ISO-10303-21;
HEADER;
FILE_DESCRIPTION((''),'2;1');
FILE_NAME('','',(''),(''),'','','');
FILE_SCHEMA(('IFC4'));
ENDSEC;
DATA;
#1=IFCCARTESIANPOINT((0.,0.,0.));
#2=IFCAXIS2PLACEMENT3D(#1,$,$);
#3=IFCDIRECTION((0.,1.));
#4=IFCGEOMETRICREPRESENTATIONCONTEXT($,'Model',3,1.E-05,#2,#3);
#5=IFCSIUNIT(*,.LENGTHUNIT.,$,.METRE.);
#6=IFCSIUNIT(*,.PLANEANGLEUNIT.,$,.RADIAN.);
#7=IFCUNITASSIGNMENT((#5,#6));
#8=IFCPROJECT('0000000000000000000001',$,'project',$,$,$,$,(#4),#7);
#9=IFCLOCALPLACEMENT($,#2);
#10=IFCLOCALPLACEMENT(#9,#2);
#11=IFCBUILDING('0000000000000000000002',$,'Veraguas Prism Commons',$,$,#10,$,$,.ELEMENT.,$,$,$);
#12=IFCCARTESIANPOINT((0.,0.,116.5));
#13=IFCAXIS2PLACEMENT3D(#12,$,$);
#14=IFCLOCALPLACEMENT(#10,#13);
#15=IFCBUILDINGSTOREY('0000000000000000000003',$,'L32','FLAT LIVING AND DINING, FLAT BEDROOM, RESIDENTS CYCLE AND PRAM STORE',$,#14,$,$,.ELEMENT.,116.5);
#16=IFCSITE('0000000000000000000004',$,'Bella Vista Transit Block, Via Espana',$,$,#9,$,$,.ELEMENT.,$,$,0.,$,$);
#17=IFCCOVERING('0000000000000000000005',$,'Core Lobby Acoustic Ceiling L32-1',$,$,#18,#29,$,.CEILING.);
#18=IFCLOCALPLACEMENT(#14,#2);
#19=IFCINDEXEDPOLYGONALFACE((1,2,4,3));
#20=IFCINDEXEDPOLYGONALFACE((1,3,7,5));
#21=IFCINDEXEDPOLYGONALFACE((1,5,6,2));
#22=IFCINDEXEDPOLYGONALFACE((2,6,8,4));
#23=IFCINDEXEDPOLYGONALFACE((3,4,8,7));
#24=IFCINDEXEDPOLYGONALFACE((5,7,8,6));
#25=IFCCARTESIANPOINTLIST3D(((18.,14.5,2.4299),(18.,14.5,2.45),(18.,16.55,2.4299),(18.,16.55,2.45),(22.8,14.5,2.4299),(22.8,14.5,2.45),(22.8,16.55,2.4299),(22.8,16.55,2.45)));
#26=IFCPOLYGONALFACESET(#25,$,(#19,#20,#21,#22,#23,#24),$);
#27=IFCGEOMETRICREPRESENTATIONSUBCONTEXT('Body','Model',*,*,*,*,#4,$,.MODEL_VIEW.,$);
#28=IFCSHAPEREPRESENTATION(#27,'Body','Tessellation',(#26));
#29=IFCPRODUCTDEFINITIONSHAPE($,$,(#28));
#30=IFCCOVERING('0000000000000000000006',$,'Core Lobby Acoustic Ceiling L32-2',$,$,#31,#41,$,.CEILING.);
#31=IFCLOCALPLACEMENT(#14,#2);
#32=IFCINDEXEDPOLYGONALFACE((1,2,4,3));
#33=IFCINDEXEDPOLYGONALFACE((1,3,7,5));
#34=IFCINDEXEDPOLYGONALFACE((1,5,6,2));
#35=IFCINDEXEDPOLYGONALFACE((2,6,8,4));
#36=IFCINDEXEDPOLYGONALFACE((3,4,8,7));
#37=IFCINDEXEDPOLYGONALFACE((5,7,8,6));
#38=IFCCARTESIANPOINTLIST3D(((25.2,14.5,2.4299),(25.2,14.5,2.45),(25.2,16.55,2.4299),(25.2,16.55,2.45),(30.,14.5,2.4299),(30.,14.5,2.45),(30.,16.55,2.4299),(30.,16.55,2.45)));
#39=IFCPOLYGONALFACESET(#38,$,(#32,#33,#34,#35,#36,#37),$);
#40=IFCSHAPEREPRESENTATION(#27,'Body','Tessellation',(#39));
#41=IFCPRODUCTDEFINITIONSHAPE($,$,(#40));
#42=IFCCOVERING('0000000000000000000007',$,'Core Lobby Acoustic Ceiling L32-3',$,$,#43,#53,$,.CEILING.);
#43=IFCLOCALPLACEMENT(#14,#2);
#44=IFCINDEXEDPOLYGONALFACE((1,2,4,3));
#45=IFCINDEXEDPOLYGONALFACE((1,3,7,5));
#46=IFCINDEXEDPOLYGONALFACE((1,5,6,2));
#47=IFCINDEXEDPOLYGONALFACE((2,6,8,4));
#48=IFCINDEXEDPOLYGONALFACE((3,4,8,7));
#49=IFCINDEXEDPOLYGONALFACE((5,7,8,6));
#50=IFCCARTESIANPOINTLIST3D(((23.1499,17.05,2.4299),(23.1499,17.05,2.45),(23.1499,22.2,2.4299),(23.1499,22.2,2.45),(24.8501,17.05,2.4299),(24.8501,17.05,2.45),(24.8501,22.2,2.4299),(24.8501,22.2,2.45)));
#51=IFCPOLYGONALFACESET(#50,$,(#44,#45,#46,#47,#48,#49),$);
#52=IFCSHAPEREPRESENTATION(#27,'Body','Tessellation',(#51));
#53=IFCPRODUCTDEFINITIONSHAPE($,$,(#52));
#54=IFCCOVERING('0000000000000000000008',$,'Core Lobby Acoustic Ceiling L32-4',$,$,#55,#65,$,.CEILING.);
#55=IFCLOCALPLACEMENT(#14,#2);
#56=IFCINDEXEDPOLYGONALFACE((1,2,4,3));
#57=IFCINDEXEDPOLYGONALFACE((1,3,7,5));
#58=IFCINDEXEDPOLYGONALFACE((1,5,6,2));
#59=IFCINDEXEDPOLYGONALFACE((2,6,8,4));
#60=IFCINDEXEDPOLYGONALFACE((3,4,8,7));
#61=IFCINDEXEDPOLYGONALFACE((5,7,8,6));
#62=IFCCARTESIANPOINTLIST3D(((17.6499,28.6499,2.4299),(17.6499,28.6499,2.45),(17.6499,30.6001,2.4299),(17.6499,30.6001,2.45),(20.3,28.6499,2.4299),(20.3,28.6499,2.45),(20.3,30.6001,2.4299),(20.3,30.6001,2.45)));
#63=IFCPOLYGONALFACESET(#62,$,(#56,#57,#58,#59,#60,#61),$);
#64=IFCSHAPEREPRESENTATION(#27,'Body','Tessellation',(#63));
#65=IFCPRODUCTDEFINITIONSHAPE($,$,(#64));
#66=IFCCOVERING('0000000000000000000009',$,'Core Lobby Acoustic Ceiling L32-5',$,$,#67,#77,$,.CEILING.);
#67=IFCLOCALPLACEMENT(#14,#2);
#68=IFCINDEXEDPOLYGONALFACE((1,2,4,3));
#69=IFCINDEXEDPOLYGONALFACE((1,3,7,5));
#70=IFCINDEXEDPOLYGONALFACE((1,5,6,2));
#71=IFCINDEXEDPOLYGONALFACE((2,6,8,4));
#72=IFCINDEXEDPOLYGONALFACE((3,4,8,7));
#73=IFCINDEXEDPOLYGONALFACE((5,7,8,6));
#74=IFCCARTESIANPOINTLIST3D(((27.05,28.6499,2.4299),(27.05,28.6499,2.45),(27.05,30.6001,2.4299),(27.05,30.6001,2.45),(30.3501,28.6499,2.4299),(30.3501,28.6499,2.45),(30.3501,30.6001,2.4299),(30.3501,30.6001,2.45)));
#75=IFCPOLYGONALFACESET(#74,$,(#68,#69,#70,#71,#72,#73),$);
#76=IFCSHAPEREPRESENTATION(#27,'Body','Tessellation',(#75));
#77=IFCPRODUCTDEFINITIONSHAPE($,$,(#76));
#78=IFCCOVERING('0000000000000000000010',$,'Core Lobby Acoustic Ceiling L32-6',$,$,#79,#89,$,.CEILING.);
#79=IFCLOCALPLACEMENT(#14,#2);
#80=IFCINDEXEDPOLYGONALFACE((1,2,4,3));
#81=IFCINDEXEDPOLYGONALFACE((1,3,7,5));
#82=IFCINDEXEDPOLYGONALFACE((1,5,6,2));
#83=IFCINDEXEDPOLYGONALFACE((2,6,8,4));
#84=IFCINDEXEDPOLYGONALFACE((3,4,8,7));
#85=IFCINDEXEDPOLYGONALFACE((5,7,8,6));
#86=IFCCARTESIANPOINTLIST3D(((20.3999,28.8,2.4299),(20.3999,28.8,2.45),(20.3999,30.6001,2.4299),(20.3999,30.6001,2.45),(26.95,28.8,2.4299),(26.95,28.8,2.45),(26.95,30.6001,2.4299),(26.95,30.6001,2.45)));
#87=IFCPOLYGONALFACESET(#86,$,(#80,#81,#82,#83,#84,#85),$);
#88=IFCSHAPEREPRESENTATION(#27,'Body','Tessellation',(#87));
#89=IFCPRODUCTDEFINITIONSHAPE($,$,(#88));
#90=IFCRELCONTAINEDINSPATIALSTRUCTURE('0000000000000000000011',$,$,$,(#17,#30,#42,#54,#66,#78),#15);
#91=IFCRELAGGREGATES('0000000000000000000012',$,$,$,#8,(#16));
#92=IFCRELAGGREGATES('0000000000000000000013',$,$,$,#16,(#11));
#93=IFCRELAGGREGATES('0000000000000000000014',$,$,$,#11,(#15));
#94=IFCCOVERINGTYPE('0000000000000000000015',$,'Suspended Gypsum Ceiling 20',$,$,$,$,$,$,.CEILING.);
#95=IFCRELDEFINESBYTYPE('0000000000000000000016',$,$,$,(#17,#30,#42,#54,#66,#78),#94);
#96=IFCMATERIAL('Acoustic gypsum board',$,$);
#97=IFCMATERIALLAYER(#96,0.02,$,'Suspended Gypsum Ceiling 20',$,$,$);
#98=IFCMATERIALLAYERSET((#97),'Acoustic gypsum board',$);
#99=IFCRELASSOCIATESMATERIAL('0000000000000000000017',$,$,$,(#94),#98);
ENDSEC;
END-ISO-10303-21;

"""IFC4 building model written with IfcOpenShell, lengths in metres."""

from ifc_helpers import new_model, si_unit, direction, frame, origin, place, context, subcontext, project, spatial, polyline, outline, extrude, material, layer, layer_set, type_object, element, save


model = new_model("IFC4")

# Units and contexts
model_context = context("Model", 3, precision=1e-05, world=origin(), true_north=direction((0.0, 1.0)))
body_context = subcontext(model_context, "Body", "Model", "MODEL_VIEW")
ifc_project = project(units=[si_unit("LENGTHUNIT", "METRE"), si_unit("PLANEANGLEUNIT", "RADIAN")], contexts=[model_context])

# Site, building, storey
site_placement = place(None, origin())
site = spatial("IfcSite", under=ifc_project, at=site_placement, Name="Bella Vista Transit Block, Via Espana", CompositionType="ELEMENT", RefElevation=0.0)
building_placement = place(site_placement, origin())
building = spatial("IfcBuilding", under=site, at=building_placement, Name="Veraguas Prism Commons", CompositionType="ELEMENT")
storey_placement = place(building_placement, frame((0.0, 0.0, 116.5)))
storey = spatial("IfcBuildingStorey", under=building, at=storey_placement, Name="L32", Description="FLAT LIVING AND DINING, FLAT BEDROOM, RESIDENTS CYCLE AND PRAM STORE", CompositionType="ELEMENT", Elevation=116.5)

# Coverings
ifc_material_1 = material(Name="Acoustic gypsum board")
ifc_layer_1 = layer(ifc_material_1, 0.02, Name="Suspended Gypsum Ceiling 20")
ifc_layer_set_1 = layer_set([ifc_layer_1], Name="Acoustic gypsum board")
covering_type_1 = type_object("IfcCoveringType", Name="Suspended Gypsum Ceiling 20", PredefinedType="CEILING", material=ifc_layer_set_1)
covering_1_placement = place(storey_placement, frame((0.0, 0.0, 2.4299)))
element("IfcCovering", 1, at=covering_1_placement, inside=storey, type_object=covering_type_1, Name="Core Lobby Acoustic Ceiling L32-1", PredefinedType="CEILING", context=body_context, shape_type="SweptSolid", body=[
    extrude(outline(polyline([(18.0, 14.5), (22.8, 14.5), (22.8, 16.55), (18.0, 16.55), (18.0, 14.5)])), origin(), (0.0, 0.0, 1.0), 0.02),
])
covering_2_placement = place(storey_placement, frame((0.0, 0.0, 2.4299)))
element("IfcCovering", 2, at=covering_2_placement, inside=storey, type_object=covering_type_1, Name="Core Lobby Acoustic Ceiling L32-2", PredefinedType="CEILING", context=body_context, shape_type="SweptSolid", body=[
    extrude(outline(polyline([(25.2, 14.5), (30.0, 14.5), (30.0, 16.55), (25.2, 16.55), (25.2, 14.5)])), origin(), (0.0, 0.0, 1.0), 0.02),
])
covering_3_placement = place(storey_placement, frame((0.0, 0.0, 2.4299)))
element("IfcCovering", 3, at=covering_3_placement, inside=storey, type_object=covering_type_1, Name="Core Lobby Acoustic Ceiling L32-3", PredefinedType="CEILING", context=body_context, shape_type="SweptSolid", body=[
    extrude(outline(polyline([(23.1499, 17.05), (24.8501, 17.05), (24.8501, 22.2), (23.1499, 22.2), (23.1499, 17.05)])), origin(), (0.0, 0.0, 1.0), 0.02),
])
covering_4_placement = place(storey_placement, frame((0.0, 0.0, 2.4299)))
element("IfcCovering", 4, at=covering_4_placement, inside=storey, type_object=covering_type_1, Name="Core Lobby Acoustic Ceiling L32-4", PredefinedType="CEILING", context=body_context, shape_type="SweptSolid", body=[
    extrude(outline(polyline([(17.6499, 28.6499), (20.3, 28.6499), (20.3, 30.6001), (17.6499, 30.6001), (17.6499, 28.6499)])), origin(), (0.0, 0.0, 1.0), 0.02),
])
covering_5_placement = place(storey_placement, frame((0.0, 0.0, 2.4299)))
element("IfcCovering", 5, at=covering_5_placement, inside=storey, type_object=covering_type_1, Name="Core Lobby Acoustic Ceiling L32-5", PredefinedType="CEILING", context=body_context, shape_type="SweptSolid", body=[
    extrude(outline(polyline([(27.05, 28.6499), (30.3501, 28.6499), (30.3501, 30.6001), (27.05, 30.6001), (27.05, 28.6499)])), origin(), (0.0, 0.0, 1.0), 0.02),
])
covering_6_placement = place(storey_placement, frame((0.0, 0.0, 2.4299)))
element("IfcCovering", 6, at=covering_6_placement, inside=storey, type_object=covering_type_1, Name="Core Lobby Acoustic Ceiling L32-6", PredefinedType="CEILING", context=body_context, shape_type="SweptSolid", body=[
    extrude(outline(polyline([(20.3999, 28.8), (26.95, 28.8), (26.95, 30.6001), (20.3999, 30.6001), (20.3999, 28.8)])), origin(), (0.0, 0.0, 1.0), 0.02),
])

save(model, "model.ifc")
